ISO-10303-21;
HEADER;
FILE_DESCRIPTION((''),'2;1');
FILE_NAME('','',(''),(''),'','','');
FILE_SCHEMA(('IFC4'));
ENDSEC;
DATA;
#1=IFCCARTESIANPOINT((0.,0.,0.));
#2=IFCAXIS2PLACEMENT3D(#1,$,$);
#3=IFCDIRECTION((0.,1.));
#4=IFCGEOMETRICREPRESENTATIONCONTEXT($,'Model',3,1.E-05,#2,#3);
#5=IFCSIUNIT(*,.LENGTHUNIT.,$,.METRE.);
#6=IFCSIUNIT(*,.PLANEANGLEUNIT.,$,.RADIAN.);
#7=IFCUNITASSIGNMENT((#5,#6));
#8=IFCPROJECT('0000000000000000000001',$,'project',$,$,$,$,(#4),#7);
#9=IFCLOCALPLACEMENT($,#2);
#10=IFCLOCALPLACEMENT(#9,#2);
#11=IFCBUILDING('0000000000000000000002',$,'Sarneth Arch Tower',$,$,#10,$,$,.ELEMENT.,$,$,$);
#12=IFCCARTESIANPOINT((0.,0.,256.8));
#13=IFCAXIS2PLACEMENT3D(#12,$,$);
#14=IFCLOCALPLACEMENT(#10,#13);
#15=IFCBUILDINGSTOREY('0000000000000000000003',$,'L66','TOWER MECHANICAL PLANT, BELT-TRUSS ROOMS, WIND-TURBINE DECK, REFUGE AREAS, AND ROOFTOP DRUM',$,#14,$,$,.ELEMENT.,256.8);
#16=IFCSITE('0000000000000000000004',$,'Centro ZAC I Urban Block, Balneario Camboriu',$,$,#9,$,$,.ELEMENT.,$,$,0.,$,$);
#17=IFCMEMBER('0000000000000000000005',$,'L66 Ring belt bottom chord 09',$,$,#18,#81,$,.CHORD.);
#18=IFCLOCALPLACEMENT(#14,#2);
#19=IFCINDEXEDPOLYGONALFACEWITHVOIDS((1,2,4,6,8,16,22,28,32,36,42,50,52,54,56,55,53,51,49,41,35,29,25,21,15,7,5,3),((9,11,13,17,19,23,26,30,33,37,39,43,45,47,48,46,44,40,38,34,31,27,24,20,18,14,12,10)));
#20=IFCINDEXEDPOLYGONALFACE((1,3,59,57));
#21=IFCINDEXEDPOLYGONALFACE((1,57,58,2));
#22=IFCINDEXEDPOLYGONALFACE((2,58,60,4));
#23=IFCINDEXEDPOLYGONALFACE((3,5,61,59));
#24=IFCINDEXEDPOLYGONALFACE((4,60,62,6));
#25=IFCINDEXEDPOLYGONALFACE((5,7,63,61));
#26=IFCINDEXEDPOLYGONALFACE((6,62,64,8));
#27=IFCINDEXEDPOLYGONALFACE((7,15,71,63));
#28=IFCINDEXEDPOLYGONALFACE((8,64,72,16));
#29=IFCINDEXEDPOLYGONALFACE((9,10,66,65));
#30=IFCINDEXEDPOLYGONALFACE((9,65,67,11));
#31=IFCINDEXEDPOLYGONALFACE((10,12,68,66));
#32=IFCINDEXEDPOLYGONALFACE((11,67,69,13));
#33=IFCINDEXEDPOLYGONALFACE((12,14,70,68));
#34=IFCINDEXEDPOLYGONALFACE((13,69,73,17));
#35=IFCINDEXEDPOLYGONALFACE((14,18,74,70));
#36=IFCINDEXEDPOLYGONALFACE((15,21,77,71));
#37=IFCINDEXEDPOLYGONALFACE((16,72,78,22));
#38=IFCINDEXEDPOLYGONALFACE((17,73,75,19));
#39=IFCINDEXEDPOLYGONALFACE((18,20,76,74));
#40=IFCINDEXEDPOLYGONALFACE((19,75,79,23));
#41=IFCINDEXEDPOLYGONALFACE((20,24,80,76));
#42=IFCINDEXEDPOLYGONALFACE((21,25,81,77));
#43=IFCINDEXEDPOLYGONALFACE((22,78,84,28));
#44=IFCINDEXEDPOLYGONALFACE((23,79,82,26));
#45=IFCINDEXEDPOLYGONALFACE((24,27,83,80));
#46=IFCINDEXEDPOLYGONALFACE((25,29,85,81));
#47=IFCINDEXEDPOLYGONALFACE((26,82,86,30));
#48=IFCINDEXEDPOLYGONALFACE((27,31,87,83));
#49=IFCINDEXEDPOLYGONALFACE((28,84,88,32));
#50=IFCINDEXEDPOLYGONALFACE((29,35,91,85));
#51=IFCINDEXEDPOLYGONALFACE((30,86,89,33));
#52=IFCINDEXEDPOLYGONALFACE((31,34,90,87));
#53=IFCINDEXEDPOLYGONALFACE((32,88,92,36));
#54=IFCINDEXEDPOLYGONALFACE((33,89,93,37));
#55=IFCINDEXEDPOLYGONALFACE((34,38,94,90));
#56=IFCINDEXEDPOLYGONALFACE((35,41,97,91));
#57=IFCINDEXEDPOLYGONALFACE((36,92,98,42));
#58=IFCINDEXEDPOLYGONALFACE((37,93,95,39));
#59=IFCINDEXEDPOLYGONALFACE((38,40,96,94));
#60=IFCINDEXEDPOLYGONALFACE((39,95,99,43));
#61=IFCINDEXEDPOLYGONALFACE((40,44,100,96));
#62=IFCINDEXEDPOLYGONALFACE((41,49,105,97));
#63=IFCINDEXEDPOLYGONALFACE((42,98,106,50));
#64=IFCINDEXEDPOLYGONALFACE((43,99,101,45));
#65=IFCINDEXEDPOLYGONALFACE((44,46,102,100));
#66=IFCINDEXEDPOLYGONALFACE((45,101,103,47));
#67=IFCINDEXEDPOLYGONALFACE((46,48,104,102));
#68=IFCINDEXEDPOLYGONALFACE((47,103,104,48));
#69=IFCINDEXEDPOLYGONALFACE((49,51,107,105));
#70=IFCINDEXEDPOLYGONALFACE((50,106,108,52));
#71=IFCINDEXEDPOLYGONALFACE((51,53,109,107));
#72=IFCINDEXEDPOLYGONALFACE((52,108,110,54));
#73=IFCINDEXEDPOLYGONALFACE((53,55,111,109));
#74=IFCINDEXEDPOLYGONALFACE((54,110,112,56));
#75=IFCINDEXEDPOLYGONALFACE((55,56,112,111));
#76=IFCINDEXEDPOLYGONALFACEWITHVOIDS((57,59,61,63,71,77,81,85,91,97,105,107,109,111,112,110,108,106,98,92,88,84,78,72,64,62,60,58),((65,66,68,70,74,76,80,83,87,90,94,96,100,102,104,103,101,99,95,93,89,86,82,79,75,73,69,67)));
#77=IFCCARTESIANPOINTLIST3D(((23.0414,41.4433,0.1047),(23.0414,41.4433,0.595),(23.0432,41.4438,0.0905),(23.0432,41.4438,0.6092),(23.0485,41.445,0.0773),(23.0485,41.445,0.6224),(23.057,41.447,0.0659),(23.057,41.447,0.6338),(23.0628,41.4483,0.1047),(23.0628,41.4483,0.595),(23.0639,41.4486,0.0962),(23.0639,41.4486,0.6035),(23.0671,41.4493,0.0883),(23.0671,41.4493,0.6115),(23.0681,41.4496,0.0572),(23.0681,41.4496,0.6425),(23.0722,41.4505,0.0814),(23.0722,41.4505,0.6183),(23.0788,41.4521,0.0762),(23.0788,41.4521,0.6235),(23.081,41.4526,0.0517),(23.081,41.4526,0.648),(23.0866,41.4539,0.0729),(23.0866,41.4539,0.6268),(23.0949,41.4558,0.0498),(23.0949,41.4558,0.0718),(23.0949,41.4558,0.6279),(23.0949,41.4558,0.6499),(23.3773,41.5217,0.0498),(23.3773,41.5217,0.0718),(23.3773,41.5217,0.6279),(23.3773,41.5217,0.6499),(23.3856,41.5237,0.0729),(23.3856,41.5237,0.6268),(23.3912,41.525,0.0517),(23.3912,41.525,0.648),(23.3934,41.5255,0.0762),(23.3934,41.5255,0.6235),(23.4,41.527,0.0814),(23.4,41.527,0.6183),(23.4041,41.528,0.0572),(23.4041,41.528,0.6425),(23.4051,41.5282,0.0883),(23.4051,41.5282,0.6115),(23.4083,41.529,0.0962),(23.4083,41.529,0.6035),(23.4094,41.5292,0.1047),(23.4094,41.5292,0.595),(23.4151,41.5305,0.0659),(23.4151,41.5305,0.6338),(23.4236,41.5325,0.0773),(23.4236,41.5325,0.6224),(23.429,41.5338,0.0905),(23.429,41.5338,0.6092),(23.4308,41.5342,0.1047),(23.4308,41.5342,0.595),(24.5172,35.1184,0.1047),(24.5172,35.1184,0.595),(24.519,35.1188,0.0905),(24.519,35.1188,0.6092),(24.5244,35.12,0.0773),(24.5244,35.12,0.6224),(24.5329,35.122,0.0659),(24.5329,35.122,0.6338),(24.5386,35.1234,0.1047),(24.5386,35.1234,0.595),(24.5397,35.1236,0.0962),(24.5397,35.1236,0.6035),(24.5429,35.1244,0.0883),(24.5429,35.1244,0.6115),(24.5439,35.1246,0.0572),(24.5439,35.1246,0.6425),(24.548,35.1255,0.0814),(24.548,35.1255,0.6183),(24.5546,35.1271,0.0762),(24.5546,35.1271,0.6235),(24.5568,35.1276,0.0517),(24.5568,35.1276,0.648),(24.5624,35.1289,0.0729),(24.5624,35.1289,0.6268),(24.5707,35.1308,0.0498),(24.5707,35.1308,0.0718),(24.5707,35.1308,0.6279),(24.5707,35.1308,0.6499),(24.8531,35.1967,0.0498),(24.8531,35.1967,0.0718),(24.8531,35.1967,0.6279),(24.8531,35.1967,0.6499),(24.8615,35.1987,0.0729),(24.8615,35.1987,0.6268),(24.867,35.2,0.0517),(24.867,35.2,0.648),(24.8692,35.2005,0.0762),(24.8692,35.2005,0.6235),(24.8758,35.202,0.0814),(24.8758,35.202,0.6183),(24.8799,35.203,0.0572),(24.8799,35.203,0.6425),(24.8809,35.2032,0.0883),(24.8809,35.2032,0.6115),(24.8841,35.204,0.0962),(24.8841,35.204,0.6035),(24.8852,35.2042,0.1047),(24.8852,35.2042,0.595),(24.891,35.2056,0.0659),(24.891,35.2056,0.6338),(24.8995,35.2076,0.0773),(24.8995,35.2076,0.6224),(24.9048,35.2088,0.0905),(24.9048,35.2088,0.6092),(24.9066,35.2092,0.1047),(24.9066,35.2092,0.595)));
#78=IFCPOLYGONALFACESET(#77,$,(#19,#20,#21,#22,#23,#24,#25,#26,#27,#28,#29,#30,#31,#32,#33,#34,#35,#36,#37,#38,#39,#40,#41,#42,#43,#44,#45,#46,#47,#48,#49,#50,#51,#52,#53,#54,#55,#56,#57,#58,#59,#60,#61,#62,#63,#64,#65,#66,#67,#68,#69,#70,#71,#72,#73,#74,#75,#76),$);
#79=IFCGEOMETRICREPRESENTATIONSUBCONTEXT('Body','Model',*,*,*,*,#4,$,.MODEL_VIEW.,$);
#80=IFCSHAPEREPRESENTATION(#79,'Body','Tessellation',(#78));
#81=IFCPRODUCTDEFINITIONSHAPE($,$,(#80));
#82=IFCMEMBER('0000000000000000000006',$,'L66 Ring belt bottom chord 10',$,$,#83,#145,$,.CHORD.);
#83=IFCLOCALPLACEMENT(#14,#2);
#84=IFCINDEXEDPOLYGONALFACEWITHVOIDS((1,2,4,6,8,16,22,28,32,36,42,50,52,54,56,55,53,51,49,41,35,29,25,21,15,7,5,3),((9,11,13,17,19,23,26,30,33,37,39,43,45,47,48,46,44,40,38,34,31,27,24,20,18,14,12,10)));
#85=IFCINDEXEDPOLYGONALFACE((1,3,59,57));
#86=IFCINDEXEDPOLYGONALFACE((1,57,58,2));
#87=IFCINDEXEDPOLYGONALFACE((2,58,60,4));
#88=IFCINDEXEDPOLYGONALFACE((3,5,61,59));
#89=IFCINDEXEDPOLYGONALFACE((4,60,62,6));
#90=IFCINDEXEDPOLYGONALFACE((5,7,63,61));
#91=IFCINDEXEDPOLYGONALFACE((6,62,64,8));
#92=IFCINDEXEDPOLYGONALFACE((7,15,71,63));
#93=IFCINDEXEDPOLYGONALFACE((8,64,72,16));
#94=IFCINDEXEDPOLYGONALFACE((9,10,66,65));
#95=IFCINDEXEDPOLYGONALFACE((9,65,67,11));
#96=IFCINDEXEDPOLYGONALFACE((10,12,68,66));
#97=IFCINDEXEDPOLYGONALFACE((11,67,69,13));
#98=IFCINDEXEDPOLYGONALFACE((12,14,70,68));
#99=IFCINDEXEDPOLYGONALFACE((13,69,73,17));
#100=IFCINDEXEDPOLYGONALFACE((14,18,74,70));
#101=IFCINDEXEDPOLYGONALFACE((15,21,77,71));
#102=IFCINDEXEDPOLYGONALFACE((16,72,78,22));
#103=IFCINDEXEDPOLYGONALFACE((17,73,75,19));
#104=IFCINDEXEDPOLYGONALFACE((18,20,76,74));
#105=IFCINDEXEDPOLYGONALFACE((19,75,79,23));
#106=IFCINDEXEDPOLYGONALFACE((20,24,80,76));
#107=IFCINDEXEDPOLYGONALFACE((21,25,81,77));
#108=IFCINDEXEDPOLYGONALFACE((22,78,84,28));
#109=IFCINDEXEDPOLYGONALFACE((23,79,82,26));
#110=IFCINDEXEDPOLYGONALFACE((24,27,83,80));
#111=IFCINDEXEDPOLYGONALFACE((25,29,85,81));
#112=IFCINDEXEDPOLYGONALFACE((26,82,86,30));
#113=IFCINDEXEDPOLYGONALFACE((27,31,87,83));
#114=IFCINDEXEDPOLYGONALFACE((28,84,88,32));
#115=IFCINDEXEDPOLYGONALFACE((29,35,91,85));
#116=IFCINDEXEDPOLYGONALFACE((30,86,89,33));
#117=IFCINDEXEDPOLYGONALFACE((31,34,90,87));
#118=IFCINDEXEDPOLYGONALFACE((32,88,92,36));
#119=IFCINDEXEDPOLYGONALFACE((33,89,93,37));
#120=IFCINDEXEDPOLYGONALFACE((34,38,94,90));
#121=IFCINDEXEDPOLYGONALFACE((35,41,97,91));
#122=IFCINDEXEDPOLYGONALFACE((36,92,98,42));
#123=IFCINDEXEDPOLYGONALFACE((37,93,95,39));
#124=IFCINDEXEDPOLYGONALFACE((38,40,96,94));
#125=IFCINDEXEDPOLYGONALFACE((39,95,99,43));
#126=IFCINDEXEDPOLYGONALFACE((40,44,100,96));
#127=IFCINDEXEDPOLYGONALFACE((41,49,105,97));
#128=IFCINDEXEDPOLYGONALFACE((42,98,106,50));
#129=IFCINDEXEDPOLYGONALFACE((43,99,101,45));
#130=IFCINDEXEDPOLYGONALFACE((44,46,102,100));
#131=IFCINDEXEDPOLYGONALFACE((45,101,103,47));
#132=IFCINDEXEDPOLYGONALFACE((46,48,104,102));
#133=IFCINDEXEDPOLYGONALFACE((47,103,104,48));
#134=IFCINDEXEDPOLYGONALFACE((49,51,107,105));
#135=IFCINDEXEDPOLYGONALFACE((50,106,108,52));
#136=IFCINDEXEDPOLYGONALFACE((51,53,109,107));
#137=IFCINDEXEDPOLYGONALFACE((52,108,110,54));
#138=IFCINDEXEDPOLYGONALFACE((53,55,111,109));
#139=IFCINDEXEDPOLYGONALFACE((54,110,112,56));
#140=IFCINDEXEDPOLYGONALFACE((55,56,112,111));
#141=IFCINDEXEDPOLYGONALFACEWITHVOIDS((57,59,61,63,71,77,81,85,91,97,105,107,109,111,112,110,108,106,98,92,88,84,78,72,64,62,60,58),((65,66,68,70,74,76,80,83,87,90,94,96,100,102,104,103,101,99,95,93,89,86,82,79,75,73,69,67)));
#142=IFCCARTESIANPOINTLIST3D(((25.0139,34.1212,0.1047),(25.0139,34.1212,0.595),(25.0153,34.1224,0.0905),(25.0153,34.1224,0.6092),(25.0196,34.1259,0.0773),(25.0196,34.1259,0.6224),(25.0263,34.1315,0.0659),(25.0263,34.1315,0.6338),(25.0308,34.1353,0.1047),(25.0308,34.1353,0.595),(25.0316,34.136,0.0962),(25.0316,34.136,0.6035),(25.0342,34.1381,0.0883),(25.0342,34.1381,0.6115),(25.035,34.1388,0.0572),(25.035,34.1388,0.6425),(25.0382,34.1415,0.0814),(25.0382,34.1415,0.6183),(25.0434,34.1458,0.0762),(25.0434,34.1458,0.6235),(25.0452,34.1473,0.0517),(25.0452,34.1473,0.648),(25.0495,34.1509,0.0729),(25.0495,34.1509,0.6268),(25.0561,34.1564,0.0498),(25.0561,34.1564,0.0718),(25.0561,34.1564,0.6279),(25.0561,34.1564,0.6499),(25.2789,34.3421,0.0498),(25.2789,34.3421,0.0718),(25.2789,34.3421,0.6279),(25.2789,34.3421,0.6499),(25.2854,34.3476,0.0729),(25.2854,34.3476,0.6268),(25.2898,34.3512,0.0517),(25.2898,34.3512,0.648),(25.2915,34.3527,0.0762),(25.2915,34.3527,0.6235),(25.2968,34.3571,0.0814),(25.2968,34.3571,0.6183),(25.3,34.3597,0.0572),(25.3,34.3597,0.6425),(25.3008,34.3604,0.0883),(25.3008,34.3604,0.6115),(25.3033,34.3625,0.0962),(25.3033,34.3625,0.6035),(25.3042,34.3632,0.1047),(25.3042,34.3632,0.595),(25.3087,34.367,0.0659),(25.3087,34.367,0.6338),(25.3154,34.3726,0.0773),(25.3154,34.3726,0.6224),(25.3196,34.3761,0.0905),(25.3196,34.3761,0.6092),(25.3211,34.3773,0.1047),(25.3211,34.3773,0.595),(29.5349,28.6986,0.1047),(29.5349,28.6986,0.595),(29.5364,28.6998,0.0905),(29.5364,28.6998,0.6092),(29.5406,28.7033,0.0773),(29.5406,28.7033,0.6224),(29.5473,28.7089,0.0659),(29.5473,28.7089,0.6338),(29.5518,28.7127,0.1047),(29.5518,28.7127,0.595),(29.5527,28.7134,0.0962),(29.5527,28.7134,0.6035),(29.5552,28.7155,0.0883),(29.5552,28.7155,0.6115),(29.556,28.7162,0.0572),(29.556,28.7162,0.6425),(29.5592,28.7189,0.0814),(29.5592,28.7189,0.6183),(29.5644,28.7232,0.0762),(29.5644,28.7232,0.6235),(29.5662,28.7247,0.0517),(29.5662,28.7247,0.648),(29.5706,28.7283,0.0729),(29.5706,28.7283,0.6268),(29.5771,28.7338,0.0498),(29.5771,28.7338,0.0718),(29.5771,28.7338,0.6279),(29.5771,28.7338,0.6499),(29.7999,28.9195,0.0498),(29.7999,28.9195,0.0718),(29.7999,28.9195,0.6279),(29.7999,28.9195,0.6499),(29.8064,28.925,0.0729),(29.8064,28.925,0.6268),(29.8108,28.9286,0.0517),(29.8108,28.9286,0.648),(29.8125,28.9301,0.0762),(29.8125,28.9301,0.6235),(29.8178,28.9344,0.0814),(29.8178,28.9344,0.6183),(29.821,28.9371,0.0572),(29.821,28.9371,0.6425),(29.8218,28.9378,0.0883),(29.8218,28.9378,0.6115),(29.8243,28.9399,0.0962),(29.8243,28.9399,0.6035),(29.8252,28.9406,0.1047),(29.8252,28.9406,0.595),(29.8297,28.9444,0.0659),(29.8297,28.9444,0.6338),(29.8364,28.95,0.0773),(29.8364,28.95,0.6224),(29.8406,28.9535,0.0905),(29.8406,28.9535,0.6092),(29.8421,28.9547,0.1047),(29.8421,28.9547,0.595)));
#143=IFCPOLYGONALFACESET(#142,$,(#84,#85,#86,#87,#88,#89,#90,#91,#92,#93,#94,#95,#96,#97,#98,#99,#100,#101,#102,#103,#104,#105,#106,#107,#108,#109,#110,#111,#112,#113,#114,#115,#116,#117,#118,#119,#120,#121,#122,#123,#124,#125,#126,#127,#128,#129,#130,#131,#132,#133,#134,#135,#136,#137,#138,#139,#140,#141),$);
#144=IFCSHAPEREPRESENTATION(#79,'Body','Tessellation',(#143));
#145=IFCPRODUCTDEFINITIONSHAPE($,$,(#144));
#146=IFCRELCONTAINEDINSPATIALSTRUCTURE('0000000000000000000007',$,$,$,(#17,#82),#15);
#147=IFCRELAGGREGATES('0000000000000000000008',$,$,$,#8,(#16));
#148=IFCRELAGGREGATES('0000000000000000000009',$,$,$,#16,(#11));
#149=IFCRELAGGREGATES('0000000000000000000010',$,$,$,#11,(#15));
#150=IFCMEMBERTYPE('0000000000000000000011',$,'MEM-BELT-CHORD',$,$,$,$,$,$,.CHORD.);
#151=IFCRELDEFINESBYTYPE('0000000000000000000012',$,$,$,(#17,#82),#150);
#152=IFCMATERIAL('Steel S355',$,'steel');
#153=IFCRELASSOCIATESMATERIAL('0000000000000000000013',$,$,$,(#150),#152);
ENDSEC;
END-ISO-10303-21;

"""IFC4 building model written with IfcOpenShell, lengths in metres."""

from ifc_helpers import new_model, si_unit, direction, frame, origin, origin_2d, place, context, subcontext, project, spatial, hollow_rectangle, extrude, material, material_profile, profile_set, type_object, element, save


model = new_model("IFC4")

# Units and contexts
model_context = context("Model", 3, precision=1e-05, world=origin(), true_north=direction((0.0, 1.0)))
body_context = subcontext(model_context, "Body", "Model", "MODEL_VIEW")
ifc_project = project(units=[si_unit("LENGTHUNIT", "METRE"), si_unit("PLANEANGLEUNIT", "RADIAN")], contexts=[model_context])

# Site, building, storey
site_placement = place(None, origin())
site = spatial("IfcSite", under=ifc_project, at=site_placement, Name="Centro ZAC I Urban Block, Balneario Camboriu", CompositionType="ELEMENT", RefElevation=0.0)
building_placement = place(site_placement, origin())
building = spatial("IfcBuilding", under=site, at=building_placement, Name="Sarneth Arch Tower", CompositionType="ELEMENT")
storey_placement = place(building_placement, frame((0.0, 0.0, 256.8)))
storey = spatial("IfcBuildingStorey", under=building, at=storey_placement, Name="L66", Description="TOWER MECHANICAL PLANT, BELT-TRUSS ROOMS, WIND-TURBINE DECK, REFUGE AREAS, AND ROOFTOP DRUM", CompositionType="ELEMENT", Elevation=256.8)

# Members
ifc_material_1 = material(Name="Steel S355", Category="steel")
ifc_material_profile_1 = material_profile(ifc_material_1, hollow_rectangle(XDim=0.3999, YDim=0.6001, WallThickness=0.022, InnerFilletRadius=0.033, OuterFilletRadius=0.0549, at=origin_2d()), Name="RHS600x400x22")
ifc_profile_set_1 = profile_set([ifc_material_profile_1], Name="Steel S355")
member_type_1 = type_object("IfcMemberType", Name="MEM-BELT-CHORD", PredefinedType="CHORD", material=ifc_profile_set_1)
member_1_placement = place(storey_placement, frame((23.2361, 41.4888, 0.3499), z_axis=(0.227231, -0.973841, 0.0), x_axis=(0.973841, 0.227231, 0.0)))
element("IfcMember", 1, at=member_1_placement, inside=storey, type_object=member_type_1, Name="L66 Ring belt bottom chord 09", PredefinedType="CHORD", context=body_context, shape_type="SweptSolid", body=[
    extrude(hollow_rectangle(XDim=0.3999, YDim=0.6001, WallThickness=0.022, InnerFilletRadius=0.033, OuterFilletRadius=0.0549, at=origin_2d()), origin(), (0.0, 0.0, 1.0), 6.4949),
])
member_2_placement = place(storey_placement, frame((25.1675, 34.2493, 0.3499), z_axis=(0.640365, -0.768071, 0.0), x_axis=(0.768071, 0.640365, 0.0)))
element("IfcMember", 2, at=member_2_placement, inside=storey, type_object=member_type_1, Name="L66 Ring belt bottom chord 10", PredefinedType="CHORD", context=body_context, shape_type="SweptSolid", body=[
    extrude(hollow_rectangle(XDim=0.3999, YDim=0.6001, WallThickness=0.022, InnerFilletRadius=0.033, OuterFilletRadius=0.0549, at=origin_2d()), origin(), (0.0, 0.0, 1.0), 7.0601),
])

save(model, "model.ifc")
